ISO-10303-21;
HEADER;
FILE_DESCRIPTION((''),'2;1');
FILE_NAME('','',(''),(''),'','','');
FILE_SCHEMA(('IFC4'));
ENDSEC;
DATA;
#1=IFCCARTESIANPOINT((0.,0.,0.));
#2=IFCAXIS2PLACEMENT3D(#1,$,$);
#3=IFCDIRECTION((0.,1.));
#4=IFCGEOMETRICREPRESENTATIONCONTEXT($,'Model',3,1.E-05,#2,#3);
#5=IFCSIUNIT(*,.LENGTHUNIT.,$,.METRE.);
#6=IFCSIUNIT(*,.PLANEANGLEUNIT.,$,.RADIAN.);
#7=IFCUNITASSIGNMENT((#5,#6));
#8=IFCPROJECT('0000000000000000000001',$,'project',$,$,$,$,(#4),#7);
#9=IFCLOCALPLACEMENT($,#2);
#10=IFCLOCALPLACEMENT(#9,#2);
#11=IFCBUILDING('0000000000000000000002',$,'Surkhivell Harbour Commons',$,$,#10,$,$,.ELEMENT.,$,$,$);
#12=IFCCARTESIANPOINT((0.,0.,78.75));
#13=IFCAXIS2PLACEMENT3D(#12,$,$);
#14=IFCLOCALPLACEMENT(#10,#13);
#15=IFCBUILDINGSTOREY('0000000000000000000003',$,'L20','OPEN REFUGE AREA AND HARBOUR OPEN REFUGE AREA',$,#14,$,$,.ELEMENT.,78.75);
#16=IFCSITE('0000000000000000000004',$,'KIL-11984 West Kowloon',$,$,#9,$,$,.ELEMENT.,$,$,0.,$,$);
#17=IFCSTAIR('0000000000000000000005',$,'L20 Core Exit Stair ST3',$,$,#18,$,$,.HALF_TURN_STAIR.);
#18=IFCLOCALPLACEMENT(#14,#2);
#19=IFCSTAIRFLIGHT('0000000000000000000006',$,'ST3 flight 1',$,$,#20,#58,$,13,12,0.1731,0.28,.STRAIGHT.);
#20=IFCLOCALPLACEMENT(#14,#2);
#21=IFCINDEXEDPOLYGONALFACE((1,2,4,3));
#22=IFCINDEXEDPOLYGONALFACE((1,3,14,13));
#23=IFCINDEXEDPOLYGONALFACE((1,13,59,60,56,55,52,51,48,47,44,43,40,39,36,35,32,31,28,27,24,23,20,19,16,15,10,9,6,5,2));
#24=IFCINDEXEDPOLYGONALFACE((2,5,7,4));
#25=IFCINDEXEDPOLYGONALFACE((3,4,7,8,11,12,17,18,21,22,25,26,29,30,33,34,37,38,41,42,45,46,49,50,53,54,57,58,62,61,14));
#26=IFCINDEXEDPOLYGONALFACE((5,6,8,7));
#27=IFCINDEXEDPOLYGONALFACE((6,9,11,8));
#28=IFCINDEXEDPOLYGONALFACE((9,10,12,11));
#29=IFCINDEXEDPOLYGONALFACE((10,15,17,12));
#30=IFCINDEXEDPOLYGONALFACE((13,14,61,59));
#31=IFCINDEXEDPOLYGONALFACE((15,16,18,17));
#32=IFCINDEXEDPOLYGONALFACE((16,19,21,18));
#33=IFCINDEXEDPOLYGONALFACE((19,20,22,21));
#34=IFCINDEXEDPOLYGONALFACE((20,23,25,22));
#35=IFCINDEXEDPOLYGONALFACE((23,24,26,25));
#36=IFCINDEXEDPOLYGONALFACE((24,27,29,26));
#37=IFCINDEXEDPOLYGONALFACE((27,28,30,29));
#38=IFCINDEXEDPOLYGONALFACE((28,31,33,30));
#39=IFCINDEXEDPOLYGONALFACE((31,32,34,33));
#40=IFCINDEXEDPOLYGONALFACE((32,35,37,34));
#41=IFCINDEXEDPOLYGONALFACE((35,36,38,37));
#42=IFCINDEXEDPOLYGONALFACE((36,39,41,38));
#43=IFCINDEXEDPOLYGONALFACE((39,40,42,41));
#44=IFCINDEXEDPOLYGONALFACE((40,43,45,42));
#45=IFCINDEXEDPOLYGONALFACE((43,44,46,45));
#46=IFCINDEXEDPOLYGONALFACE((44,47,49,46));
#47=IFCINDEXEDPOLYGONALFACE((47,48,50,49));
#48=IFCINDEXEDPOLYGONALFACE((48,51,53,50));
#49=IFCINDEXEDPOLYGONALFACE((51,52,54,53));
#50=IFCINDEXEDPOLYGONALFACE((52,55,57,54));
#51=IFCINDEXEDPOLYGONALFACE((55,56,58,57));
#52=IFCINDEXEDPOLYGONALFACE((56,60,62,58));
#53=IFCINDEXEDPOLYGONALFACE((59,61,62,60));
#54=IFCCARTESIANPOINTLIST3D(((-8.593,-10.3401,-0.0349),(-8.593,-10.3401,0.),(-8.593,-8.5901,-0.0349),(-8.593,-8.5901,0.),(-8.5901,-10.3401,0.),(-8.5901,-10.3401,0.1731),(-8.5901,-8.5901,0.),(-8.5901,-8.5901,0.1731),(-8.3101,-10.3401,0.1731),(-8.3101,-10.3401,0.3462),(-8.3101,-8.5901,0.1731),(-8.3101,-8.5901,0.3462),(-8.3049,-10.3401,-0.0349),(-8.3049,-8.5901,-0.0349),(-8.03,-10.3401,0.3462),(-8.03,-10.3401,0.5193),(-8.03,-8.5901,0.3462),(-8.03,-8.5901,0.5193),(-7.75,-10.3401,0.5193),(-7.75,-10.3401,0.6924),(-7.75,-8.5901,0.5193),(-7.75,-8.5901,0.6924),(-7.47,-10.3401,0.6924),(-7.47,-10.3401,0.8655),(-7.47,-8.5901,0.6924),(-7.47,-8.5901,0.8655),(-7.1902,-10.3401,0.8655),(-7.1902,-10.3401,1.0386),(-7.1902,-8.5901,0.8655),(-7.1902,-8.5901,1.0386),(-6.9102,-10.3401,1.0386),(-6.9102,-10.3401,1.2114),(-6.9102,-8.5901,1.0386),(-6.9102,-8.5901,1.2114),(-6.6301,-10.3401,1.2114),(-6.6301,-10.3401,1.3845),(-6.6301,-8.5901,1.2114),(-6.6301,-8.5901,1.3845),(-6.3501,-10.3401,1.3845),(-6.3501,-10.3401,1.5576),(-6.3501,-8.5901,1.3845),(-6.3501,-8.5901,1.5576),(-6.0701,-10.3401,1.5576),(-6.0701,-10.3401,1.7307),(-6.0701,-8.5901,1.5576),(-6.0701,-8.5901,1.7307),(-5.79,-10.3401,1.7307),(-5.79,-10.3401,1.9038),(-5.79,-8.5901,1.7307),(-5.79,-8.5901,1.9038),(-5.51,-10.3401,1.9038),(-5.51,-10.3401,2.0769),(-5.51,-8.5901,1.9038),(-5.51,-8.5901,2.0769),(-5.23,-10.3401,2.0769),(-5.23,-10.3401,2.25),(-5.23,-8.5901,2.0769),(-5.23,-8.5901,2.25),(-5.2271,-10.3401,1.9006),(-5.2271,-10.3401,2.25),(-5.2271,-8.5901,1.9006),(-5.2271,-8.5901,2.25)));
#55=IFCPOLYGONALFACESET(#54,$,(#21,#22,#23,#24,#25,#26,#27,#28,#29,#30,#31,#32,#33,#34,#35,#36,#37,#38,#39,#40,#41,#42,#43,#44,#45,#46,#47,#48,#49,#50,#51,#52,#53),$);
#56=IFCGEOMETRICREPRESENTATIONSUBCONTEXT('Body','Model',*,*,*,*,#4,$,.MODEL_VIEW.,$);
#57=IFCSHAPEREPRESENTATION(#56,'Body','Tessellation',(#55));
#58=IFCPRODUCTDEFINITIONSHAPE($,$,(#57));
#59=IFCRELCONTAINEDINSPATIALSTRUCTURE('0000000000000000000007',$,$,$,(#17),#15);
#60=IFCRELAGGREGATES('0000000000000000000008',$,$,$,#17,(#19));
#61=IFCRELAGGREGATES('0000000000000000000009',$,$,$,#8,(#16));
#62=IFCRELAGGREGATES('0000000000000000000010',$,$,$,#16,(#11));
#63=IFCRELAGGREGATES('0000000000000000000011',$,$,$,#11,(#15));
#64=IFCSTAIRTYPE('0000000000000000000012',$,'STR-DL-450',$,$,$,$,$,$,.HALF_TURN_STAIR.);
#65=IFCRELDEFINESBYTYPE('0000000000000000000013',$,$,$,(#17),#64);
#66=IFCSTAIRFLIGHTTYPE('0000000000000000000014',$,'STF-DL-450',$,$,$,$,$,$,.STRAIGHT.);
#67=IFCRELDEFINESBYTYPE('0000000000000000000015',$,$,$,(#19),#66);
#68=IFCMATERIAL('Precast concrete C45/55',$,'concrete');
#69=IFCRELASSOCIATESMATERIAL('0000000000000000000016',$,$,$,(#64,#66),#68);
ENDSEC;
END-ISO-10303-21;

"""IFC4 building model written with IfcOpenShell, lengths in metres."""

from ifc_helpers import new_model, si_unit, direction, frame, origin, place, context, subcontext, project, spatial, polyline, outline, extrude, material, type_object, element, aggregate, save


model = new_model("IFC4")

# Units and contexts
model_context = context("Model", 3, precision=1e-05, world=origin(), true_north=direction((0.0, 1.0)))
body_context = subcontext(model_context, "Body", "Model", "MODEL_VIEW")
ifc_project = project(units=[si_unit("LENGTHUNIT", "METRE"), si_unit("PLANEANGLEUNIT", "RADIAN")], contexts=[model_context])

# Site, building, storey
site_placement = place(None, origin())
site = spatial("IfcSite", under=ifc_project, at=site_placement, Name="KIL-11984 West Kowloon", CompositionType="ELEMENT", RefElevation=0.0)
building_placement = place(site_placement, origin())
building = spatial("IfcBuilding", under=site, at=building_placement, Name="Surkhivell Harbour Commons", CompositionType="ELEMENT")
storey_placement = place(building_placement, frame((0.0, 0.0, 78.75)))
storey = spatial("IfcBuildingStorey", under=building, at=storey_placement, Name="L20", Description="OPEN REFUGE AREA AND HARBOUR OPEN REFUGE AREA", CompositionType="ELEMENT", Elevation=78.75)

# Stair, stair flight
ifc_material_1 = material(Name="Precast concrete C45/55", Category="concrete")
stair_type = type_object("IfcStairType", Name="STR-DL-450", PredefinedType="HALF_TURN_STAIR", material=ifc_material_1)
stair_placement = place(storey_placement, origin())
stair = element("IfcStair", 1, at=stair_placement, inside=storey, type_object=stair_type, Name="L20 Core Exit Stair ST3", PredefinedType="HALF_TURN_STAIR")
stair_flight_type = type_object("IfcStairFlightType", Name="STF-DL-450", PredefinedType="STRAIGHT", material=ifc_material_1)
stair_flight_placement = place(storey_placement, frame((-8.5901, -9.4651, 0.0), z_axis=(0.0, 0.0, 1.0), x_axis=(1.0, 0.0, 0.0)))
stair_flight = element("IfcStairFlight", 2, at=stair_flight_placement, type_object=stair_flight_type, Name="ST3 flight 1", NumberOfRisers=13, NumberOfTreads=12, PredefinedType="STRAIGHT", RiserHeight=0.1731, TreadLength=0.28, context=body_context, shape_type="SweptSolid", body=[
    extrude(outline(polyline([(-0.0029, -0.0349), (-0.0029, 0.0), (0.0, 0.0), (0.0, 0.1731), (0.28, 0.1731), (0.28, 0.3462), (0.5601, 0.3462), (0.5601, 0.5193), (0.8401, 0.5193), (0.8401, 0.6924), (1.1201, 0.6924), (1.1201, 0.8655), (1.3999, 0.8655), (1.3999, 1.0386), (1.6799, 1.0386), (1.6799, 1.2114), (1.96, 1.2114), (1.96, 1.3845), (2.24, 1.3845), (2.24, 1.5576), (2.52, 1.5576), (2.52, 1.7307), (2.8, 1.7307), (2.8, 1.9038), (3.0801, 1.9038), (3.0801, 2.0769), (3.3601, 2.0769), (3.3601, 2.25), (3.363, 2.25), (3.363, 1.9006), (0.2852, -0.0349), (-0.0029, -0.0349)])), frame((0.0, 0.875, 0.0), z_axis=(0.0, -1.0, 0.0), x_axis=(1.0, 0.0, 0.0)), (0.0, 0.0, 1.0), 1.75),
])
aggregate(stair, [stair_flight])

save(model, "model.ifc")
